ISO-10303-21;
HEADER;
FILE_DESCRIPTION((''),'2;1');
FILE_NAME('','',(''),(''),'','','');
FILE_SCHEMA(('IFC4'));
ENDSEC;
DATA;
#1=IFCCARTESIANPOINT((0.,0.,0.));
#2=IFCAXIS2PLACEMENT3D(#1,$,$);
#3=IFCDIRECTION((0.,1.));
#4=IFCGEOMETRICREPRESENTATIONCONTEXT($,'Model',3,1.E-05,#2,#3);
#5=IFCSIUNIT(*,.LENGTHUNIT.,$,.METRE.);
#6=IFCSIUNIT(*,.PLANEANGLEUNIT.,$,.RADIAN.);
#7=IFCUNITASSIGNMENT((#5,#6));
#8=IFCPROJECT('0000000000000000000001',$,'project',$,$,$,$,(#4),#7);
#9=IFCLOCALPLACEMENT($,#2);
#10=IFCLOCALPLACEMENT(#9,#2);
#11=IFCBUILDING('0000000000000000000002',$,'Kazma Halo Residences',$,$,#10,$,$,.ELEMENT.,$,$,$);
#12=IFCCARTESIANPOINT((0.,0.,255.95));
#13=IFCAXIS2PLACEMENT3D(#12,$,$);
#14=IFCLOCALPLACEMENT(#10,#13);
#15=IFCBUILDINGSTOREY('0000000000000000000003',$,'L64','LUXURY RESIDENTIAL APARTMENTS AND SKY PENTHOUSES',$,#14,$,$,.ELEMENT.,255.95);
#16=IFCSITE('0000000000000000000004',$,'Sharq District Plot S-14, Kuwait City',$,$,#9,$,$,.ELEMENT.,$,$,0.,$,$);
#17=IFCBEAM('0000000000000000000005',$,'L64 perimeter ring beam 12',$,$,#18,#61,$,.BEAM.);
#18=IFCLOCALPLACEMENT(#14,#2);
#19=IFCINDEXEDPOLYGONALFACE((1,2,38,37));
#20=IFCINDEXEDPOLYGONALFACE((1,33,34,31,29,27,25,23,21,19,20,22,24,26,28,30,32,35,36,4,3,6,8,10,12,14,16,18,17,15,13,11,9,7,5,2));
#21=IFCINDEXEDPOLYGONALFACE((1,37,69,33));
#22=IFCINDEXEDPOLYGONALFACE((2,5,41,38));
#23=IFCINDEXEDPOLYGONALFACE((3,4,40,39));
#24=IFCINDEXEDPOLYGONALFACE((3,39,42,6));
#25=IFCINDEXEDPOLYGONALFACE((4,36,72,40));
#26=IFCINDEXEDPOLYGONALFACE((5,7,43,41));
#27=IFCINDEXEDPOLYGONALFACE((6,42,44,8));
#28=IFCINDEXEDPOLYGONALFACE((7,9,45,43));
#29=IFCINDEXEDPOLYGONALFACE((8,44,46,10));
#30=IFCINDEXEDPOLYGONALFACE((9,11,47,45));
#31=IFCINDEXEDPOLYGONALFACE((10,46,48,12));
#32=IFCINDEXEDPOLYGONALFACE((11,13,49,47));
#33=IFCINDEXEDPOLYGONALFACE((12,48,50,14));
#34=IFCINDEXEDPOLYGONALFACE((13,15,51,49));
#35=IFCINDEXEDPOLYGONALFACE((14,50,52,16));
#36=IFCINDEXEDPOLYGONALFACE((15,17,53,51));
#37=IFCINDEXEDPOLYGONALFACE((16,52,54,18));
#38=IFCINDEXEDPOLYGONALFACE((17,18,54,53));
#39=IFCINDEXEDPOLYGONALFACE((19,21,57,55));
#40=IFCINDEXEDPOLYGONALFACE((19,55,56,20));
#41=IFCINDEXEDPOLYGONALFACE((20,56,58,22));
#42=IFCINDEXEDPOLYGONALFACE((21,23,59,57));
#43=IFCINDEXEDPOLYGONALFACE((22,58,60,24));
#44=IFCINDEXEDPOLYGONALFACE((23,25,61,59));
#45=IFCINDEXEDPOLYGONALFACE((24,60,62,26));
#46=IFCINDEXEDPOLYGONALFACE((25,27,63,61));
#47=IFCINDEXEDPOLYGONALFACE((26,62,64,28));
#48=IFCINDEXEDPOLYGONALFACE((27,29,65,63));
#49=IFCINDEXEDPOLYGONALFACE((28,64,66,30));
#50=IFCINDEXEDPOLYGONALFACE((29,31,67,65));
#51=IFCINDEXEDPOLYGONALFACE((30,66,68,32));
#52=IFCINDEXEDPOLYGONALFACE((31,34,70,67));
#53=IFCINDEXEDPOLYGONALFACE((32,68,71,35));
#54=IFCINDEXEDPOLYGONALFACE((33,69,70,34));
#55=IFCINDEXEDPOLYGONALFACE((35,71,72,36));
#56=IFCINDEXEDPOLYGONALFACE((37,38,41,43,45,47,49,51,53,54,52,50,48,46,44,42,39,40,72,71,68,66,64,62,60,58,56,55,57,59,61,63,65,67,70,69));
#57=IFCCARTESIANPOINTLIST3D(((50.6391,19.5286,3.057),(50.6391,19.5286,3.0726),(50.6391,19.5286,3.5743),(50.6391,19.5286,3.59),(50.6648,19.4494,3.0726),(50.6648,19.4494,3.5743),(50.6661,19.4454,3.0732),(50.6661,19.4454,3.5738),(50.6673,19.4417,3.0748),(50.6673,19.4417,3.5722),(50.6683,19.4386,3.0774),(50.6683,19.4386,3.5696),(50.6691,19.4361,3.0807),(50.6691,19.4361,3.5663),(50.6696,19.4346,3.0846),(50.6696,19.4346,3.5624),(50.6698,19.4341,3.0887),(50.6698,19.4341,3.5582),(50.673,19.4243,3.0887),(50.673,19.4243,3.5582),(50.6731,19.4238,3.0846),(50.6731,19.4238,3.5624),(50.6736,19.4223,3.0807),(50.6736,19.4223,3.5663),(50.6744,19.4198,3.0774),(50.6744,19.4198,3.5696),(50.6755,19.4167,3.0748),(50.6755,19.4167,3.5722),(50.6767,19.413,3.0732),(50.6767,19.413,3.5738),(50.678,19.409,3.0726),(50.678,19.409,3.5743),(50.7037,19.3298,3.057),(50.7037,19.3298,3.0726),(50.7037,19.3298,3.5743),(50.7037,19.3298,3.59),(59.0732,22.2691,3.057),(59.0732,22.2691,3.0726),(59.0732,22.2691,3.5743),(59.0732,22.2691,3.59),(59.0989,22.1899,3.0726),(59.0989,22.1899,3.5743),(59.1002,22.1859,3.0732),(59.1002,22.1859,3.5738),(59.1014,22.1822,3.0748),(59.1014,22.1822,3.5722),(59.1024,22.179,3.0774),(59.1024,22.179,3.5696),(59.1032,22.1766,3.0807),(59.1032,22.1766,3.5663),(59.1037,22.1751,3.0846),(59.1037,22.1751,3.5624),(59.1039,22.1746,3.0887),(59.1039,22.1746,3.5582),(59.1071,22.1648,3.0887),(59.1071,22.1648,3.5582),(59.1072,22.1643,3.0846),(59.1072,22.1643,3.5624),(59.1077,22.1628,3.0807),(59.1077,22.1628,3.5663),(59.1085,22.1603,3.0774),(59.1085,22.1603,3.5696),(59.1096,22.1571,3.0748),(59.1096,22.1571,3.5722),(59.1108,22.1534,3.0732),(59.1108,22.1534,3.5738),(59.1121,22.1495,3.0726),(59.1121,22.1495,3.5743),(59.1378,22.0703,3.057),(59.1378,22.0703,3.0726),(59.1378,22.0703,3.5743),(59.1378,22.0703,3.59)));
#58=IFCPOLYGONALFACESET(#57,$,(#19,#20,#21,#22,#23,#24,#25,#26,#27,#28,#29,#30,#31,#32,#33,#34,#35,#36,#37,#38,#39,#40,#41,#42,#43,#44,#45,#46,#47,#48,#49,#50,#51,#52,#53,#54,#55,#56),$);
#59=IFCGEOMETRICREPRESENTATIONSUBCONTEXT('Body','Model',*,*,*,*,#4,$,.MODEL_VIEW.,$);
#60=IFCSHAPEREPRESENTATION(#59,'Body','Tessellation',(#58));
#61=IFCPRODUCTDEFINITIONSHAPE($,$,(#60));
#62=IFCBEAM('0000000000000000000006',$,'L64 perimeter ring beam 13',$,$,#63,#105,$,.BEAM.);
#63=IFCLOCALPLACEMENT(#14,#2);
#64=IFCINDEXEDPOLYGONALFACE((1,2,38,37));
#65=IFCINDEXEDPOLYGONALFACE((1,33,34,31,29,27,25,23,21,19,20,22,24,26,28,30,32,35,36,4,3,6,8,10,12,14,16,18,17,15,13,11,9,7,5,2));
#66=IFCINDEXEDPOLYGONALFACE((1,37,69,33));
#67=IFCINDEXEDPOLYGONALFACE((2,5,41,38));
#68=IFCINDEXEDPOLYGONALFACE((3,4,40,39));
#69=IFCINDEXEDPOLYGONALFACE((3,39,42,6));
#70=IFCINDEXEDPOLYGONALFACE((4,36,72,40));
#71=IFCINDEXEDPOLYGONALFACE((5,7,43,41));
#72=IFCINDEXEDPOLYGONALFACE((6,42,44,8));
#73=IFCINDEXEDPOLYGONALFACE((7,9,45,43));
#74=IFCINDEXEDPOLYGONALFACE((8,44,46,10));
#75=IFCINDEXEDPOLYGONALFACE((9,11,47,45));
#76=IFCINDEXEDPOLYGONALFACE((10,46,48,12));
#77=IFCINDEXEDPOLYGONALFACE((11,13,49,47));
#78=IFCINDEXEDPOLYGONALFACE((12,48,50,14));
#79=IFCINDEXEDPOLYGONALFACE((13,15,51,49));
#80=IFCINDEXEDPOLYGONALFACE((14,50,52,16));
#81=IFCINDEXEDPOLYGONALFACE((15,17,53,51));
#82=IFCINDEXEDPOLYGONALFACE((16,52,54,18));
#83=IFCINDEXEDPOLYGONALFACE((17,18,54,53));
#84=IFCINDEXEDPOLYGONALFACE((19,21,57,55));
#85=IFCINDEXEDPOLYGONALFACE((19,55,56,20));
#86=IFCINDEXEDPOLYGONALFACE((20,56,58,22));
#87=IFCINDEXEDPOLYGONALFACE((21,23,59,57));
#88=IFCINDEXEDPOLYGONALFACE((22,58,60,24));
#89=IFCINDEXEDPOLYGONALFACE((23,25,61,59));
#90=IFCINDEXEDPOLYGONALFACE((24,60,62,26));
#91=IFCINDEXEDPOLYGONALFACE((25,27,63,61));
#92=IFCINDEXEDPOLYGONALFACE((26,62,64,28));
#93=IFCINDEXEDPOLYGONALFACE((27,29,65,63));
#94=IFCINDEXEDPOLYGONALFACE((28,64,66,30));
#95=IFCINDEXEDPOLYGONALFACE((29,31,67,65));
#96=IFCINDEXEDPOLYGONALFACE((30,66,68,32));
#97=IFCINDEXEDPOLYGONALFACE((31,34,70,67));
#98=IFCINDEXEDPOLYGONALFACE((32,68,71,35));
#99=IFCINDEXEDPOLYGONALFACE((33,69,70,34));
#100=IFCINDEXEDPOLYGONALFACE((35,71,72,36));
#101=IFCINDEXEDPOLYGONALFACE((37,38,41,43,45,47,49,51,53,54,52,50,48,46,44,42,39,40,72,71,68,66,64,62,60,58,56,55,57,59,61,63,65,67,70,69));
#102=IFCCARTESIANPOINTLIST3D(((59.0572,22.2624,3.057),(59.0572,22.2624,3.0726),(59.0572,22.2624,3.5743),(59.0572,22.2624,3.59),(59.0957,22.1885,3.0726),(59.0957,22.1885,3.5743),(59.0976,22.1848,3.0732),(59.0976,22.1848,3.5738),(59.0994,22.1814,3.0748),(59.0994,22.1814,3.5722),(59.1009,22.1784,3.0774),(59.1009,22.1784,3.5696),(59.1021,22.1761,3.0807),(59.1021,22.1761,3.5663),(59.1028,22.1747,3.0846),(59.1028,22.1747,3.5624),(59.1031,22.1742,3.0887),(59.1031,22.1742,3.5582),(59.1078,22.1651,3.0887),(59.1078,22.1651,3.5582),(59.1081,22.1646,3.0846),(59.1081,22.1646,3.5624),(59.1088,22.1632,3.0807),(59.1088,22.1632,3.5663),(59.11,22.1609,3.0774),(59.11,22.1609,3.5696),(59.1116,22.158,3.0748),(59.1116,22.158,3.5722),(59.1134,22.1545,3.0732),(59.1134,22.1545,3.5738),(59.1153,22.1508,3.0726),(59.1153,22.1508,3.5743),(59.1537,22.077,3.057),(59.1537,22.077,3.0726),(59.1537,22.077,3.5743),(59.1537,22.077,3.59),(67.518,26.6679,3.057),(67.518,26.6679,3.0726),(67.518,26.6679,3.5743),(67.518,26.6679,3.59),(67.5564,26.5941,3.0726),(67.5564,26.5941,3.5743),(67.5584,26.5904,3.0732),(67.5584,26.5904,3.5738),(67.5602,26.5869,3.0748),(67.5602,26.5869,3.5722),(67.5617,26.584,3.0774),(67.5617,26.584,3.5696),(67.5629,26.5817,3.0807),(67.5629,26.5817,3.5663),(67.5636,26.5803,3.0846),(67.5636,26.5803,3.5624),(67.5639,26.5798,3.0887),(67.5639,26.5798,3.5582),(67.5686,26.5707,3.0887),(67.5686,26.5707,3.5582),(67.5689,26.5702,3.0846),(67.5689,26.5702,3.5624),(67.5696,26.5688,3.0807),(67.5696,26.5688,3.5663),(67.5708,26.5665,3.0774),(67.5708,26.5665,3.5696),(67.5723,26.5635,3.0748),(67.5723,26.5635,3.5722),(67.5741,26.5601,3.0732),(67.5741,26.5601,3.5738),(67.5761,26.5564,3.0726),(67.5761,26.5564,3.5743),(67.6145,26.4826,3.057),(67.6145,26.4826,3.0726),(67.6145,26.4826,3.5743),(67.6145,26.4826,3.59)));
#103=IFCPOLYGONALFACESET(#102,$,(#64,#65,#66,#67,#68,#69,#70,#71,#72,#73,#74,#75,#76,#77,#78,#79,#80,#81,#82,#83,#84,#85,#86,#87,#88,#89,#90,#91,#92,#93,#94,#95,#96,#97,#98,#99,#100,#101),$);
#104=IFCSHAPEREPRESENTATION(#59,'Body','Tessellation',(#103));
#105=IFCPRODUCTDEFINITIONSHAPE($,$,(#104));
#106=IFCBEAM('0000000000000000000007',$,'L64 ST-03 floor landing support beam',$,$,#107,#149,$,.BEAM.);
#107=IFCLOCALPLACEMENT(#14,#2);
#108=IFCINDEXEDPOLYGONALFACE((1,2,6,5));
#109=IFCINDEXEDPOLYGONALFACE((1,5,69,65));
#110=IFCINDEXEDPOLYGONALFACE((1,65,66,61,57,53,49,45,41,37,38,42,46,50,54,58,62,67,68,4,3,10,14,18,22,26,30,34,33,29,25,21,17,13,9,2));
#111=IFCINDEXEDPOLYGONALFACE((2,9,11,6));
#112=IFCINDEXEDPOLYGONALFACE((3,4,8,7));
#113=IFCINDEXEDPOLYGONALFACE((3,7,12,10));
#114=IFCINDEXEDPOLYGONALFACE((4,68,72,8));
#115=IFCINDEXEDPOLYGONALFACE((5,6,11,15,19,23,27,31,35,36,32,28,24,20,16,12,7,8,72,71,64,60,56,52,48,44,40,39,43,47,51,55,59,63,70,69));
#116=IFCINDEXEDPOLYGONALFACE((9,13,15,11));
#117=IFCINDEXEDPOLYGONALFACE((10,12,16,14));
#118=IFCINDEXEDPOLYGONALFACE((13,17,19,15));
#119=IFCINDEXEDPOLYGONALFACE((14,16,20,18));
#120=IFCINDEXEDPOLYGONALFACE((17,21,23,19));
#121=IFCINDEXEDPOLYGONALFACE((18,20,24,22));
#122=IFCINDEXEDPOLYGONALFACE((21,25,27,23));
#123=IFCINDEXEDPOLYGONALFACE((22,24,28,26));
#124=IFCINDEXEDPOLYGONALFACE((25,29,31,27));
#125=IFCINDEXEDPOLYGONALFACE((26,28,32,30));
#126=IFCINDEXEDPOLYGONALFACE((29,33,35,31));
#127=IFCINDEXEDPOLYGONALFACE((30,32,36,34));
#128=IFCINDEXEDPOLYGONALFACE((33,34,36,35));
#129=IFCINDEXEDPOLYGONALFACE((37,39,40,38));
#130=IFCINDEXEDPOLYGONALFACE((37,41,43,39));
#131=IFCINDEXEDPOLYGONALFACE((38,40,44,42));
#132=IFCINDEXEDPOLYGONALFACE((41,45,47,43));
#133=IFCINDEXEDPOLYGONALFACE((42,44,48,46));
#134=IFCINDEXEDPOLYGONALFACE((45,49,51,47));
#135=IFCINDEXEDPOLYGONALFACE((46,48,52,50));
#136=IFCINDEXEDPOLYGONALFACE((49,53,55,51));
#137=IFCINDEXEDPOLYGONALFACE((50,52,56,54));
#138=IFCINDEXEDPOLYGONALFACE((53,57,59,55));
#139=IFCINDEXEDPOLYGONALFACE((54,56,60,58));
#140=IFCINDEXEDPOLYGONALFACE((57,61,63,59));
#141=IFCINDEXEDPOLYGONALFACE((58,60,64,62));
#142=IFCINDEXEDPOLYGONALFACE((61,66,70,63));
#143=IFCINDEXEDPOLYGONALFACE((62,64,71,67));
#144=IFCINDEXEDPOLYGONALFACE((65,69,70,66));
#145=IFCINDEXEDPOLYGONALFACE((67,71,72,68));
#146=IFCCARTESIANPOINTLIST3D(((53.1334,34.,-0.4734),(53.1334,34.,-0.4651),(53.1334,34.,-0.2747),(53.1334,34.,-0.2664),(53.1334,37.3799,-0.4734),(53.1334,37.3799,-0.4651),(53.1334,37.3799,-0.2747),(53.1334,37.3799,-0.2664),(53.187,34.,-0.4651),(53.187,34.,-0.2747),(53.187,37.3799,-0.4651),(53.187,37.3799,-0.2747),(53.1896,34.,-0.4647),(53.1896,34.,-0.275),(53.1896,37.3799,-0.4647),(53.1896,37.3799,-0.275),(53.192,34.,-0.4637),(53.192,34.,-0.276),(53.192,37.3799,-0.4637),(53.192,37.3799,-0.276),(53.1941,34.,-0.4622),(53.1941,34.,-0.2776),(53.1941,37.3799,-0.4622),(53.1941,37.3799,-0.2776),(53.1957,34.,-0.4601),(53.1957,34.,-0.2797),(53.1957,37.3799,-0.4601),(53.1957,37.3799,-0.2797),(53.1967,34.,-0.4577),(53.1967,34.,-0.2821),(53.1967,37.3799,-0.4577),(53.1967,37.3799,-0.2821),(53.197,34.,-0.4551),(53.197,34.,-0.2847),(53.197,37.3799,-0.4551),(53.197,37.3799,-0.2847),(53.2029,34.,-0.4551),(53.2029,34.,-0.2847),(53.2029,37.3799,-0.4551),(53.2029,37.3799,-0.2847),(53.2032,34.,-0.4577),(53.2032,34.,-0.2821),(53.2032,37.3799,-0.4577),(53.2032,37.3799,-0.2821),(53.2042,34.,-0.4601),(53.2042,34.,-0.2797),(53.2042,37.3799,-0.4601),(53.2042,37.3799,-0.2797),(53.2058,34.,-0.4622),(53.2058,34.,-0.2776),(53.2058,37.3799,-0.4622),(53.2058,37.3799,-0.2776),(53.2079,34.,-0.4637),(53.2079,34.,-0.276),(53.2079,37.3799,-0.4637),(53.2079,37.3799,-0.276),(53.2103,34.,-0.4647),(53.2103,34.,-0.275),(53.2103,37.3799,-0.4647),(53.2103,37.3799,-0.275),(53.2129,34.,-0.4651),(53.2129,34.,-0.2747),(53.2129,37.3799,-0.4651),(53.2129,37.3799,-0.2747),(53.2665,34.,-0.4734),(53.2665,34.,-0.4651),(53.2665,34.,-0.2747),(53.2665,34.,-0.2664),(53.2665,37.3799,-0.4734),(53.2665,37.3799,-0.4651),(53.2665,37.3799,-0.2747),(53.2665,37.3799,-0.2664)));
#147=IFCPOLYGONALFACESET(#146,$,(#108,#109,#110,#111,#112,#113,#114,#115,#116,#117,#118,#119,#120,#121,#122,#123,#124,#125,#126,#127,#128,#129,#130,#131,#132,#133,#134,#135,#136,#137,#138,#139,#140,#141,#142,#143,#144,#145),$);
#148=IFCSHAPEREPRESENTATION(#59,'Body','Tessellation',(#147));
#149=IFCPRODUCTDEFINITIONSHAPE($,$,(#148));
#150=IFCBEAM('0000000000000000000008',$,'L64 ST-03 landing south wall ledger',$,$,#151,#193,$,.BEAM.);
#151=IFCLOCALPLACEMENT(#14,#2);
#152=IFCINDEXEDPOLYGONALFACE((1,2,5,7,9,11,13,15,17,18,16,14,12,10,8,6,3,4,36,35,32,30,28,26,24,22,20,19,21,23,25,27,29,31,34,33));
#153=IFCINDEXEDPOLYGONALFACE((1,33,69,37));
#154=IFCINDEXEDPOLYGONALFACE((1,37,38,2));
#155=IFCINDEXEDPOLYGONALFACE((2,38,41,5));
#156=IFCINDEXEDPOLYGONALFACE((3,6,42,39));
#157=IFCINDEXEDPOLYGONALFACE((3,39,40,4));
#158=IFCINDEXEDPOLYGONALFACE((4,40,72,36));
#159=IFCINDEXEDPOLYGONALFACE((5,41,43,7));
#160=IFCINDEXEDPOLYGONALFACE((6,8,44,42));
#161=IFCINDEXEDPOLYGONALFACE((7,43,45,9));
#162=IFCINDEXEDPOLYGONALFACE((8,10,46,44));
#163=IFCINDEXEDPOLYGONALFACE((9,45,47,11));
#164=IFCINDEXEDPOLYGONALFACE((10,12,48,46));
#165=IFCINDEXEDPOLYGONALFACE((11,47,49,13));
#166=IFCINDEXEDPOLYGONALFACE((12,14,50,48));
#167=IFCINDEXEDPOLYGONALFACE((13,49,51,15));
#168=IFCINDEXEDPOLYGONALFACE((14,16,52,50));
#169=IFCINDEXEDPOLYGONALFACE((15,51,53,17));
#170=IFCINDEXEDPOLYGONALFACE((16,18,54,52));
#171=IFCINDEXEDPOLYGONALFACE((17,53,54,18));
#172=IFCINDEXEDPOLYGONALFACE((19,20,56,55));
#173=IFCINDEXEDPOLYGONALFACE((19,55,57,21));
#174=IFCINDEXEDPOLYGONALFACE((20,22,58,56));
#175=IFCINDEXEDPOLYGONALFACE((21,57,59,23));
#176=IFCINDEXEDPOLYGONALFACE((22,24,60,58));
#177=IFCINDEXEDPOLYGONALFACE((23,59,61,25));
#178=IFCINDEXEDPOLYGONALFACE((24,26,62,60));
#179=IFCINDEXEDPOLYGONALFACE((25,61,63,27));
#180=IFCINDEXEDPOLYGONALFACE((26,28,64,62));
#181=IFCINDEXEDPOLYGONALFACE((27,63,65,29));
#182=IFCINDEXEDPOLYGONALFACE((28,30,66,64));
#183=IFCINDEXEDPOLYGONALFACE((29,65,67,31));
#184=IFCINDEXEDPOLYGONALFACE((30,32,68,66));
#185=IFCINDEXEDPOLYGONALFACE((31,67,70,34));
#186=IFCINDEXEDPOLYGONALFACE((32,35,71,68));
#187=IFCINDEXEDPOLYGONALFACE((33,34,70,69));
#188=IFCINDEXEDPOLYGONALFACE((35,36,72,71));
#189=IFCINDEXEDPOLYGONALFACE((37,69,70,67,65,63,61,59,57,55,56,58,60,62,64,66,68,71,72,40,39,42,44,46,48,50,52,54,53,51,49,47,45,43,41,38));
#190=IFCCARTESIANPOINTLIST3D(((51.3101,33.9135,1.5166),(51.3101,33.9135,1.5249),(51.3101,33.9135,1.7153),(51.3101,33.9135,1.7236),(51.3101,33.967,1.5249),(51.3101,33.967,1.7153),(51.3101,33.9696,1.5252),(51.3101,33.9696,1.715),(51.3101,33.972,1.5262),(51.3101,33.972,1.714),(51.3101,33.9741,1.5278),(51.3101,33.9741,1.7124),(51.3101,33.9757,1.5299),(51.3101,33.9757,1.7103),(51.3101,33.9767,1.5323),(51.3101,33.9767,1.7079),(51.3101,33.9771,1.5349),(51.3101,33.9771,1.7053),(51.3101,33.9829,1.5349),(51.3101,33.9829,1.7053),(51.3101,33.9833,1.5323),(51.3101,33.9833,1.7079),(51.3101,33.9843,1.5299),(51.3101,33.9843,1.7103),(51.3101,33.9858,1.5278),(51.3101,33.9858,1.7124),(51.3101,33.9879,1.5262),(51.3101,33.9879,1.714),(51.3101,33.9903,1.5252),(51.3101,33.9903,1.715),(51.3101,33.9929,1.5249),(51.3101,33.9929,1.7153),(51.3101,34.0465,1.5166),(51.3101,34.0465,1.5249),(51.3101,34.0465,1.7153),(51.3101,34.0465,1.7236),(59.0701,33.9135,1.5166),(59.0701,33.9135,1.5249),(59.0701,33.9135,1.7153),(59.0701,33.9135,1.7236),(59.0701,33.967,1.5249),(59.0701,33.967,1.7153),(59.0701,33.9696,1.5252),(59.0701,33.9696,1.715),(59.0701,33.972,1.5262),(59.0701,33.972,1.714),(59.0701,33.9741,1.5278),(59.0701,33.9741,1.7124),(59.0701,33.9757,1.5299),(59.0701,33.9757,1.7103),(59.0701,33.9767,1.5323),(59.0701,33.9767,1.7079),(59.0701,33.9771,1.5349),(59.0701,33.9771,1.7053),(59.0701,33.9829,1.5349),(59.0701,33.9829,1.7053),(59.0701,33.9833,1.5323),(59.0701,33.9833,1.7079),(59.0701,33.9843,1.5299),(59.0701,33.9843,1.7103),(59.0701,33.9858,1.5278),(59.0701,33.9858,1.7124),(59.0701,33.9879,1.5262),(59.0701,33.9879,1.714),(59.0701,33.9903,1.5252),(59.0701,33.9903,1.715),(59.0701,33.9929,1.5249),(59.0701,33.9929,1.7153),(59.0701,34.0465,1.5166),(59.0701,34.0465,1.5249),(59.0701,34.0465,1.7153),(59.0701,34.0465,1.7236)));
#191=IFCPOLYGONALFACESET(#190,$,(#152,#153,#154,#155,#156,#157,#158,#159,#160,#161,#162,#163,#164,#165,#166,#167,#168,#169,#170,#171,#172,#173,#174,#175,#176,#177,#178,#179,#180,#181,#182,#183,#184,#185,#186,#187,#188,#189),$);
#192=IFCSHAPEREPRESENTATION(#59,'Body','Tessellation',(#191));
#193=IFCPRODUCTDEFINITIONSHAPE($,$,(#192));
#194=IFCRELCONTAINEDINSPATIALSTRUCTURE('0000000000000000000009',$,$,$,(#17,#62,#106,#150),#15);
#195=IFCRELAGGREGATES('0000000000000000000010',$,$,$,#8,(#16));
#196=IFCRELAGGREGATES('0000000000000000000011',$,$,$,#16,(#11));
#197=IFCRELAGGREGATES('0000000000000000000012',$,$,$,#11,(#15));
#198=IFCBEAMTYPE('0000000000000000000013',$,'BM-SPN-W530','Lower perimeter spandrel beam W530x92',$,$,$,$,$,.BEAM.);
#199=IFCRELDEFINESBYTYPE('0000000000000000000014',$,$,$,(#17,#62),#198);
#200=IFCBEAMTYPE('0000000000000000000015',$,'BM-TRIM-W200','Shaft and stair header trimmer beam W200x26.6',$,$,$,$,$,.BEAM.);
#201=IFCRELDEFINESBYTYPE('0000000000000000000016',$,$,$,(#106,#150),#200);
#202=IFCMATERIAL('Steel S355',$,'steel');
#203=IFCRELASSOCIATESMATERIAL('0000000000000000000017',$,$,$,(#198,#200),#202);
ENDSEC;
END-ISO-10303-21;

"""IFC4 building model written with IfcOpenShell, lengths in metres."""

from ifc_helpers import new_model, si_unit, direction, frame, origin, origin_2d, place, context, subcontext, project, spatial, i_section, extrude, material, material_profile, profile_set, type_object, element, save


model = new_model("IFC4")

# Units and contexts
model_context = context("Model", 3, precision=1e-05, world=origin(), true_north=direction((0.0, 1.0)))
body_context = subcontext(model_context, "Body", "Model", "MODEL_VIEW")
ifc_project = project(units=[si_unit("LENGTHUNIT", "METRE"), si_unit("PLANEANGLEUNIT", "RADIAN")], contexts=[model_context])

# Site, building, storey
site_placement = place(None, origin())
site = spatial("IfcSite", under=ifc_project, at=site_placement, Name="Sharq District Plot S-14, Kuwait City", CompositionType="ELEMENT", RefElevation=0.0)
building_placement = place(site_placement, origin())
building = spatial("IfcBuilding", under=site, at=building_placement, Name="Kazma Halo Residences", CompositionType="ELEMENT")
storey_placement = place(building_placement, frame((0.0, 0.0, 255.95)))
storey = spatial("IfcBuildingStorey", under=building, at=storey_placement, Name="L64", Description="LUXURY RESIDENTIAL APARTMENTS AND SKY PENTHOUSES", CompositionType="ELEMENT", Elevation=255.95)

# Beams
ifc_material_1 = material(Name="Steel S355", Category="steel")
ifc_material_profile_1 = material_profile(ifc_material_1, i_section(OverallWidth=0.209, OverallDepth=0.533, WebThickness=0.0103, FlangeThickness=0.0156, FilletRadius=0.0161, at=origin_2d()), Name="W530x92")
ifc_profile_set_1 = profile_set([ifc_material_profile_1], Name="Steel S355")
beam_type_1 = type_object("IfcBeamType", Name="BM-SPN-W530", Description="Lower perimeter spandrel beam W530x92", PredefinedType="BEAM", material=ifc_profile_set_1)
beam_1_placement = place(storey_placement, frame((50.6714, 19.4292, 3.3235), z_axis=(0.951054, 0.309025, 0.0), x_axis=(-0.309025, 0.951054, 0.0)))
element("IfcBeam", 1, at=beam_1_placement, inside=storey, type_object=beam_type_1, Name="L64 perimeter ring beam 12", PredefinedType="BEAM", context=body_context, shape_type="SweptSolid", body=[
    extrude(i_section(OverallWidth=0.209, OverallDepth=0.533, WebThickness=0.0103, FlangeThickness=0.0156, FilletRadius=0.0161, at=origin_2d()), origin(), (0.0, 0.0, 1.0), 8.8682),
])
beam_2_placement = place(storey_placement, frame((59.1055, 22.1697, 3.3235), z_axis=(0.886961, 0.461844, 0.0), x_axis=(-0.461844, 0.886961, 0.0)))
element("IfcBeam", 2, at=beam_2_placement, inside=storey, type_object=beam_type_1, Name="L64 perimeter ring beam 13", PredefinedType="BEAM", context=body_context, shape_type="SweptSolid", body=[
    extrude(i_section(OverallWidth=0.209, OverallDepth=0.533, WebThickness=0.0103, FlangeThickness=0.0156, FilletRadius=0.0161, at=origin_2d()), origin(), (0.0, 0.0, 1.0), 9.5391),
])
ifc_material_profile_2 = material_profile(ifc_material_1, i_section(OverallWidth=0.1331, OverallDepth=0.207, WebThickness=0.0059, FlangeThickness=0.0083, FilletRadius=0.01, at=origin_2d()), Name="W200x26.6")
ifc_profile_set_2 = profile_set([ifc_material_profile_2], Name="Steel S355")
beam_type_2 = type_object("IfcBeamType", Name="BM-TRIM-W200", Description="Shaft and stair header trimmer beam W200x26.6", PredefinedType="BEAM", material=ifc_profile_set_2)
beam_3_placement = place(storey_placement, frame((53.2, 34.0, -0.3699), z_axis=(0.0, 1.0, 0.0), x_axis=(-1.0, 0.0, 0.0)))
element("IfcBeam", 3, at=beam_3_placement, inside=storey, type_object=beam_type_2, Name="L64 ST-03 floor landing support beam", PredefinedType="BEAM", context=body_context, shape_type="SweptSolid", body=[
    extrude(i_section(OverallWidth=0.1331, OverallDepth=0.207, WebThickness=0.0059, FlangeThickness=0.0083, FilletRadius=0.01, at=origin_2d()), origin(), (0.0, 0.0, 1.0), 3.3799),
])
beam_4_placement = place(storey_placement, frame((51.3101, 33.98, 1.6201), z_axis=(1.0, 0.0, 0.0), x_axis=(0.0, 1.0, 0.0)))
element("IfcBeam", 4, at=beam_4_placement, inside=storey, type_object=beam_type_2, Name="L64 ST-03 landing south wall ledger", PredefinedType="BEAM", context=body_context, shape_type="SweptSolid", body=[
    extrude(i_section(OverallWidth=0.1331, OverallDepth=0.207, WebThickness=0.0059, FlangeThickness=0.0083, FilletRadius=0.01, at=origin_2d()), origin(), (0.0, 0.0, 1.0), 7.76),
])

save(model, "model.ifc")
